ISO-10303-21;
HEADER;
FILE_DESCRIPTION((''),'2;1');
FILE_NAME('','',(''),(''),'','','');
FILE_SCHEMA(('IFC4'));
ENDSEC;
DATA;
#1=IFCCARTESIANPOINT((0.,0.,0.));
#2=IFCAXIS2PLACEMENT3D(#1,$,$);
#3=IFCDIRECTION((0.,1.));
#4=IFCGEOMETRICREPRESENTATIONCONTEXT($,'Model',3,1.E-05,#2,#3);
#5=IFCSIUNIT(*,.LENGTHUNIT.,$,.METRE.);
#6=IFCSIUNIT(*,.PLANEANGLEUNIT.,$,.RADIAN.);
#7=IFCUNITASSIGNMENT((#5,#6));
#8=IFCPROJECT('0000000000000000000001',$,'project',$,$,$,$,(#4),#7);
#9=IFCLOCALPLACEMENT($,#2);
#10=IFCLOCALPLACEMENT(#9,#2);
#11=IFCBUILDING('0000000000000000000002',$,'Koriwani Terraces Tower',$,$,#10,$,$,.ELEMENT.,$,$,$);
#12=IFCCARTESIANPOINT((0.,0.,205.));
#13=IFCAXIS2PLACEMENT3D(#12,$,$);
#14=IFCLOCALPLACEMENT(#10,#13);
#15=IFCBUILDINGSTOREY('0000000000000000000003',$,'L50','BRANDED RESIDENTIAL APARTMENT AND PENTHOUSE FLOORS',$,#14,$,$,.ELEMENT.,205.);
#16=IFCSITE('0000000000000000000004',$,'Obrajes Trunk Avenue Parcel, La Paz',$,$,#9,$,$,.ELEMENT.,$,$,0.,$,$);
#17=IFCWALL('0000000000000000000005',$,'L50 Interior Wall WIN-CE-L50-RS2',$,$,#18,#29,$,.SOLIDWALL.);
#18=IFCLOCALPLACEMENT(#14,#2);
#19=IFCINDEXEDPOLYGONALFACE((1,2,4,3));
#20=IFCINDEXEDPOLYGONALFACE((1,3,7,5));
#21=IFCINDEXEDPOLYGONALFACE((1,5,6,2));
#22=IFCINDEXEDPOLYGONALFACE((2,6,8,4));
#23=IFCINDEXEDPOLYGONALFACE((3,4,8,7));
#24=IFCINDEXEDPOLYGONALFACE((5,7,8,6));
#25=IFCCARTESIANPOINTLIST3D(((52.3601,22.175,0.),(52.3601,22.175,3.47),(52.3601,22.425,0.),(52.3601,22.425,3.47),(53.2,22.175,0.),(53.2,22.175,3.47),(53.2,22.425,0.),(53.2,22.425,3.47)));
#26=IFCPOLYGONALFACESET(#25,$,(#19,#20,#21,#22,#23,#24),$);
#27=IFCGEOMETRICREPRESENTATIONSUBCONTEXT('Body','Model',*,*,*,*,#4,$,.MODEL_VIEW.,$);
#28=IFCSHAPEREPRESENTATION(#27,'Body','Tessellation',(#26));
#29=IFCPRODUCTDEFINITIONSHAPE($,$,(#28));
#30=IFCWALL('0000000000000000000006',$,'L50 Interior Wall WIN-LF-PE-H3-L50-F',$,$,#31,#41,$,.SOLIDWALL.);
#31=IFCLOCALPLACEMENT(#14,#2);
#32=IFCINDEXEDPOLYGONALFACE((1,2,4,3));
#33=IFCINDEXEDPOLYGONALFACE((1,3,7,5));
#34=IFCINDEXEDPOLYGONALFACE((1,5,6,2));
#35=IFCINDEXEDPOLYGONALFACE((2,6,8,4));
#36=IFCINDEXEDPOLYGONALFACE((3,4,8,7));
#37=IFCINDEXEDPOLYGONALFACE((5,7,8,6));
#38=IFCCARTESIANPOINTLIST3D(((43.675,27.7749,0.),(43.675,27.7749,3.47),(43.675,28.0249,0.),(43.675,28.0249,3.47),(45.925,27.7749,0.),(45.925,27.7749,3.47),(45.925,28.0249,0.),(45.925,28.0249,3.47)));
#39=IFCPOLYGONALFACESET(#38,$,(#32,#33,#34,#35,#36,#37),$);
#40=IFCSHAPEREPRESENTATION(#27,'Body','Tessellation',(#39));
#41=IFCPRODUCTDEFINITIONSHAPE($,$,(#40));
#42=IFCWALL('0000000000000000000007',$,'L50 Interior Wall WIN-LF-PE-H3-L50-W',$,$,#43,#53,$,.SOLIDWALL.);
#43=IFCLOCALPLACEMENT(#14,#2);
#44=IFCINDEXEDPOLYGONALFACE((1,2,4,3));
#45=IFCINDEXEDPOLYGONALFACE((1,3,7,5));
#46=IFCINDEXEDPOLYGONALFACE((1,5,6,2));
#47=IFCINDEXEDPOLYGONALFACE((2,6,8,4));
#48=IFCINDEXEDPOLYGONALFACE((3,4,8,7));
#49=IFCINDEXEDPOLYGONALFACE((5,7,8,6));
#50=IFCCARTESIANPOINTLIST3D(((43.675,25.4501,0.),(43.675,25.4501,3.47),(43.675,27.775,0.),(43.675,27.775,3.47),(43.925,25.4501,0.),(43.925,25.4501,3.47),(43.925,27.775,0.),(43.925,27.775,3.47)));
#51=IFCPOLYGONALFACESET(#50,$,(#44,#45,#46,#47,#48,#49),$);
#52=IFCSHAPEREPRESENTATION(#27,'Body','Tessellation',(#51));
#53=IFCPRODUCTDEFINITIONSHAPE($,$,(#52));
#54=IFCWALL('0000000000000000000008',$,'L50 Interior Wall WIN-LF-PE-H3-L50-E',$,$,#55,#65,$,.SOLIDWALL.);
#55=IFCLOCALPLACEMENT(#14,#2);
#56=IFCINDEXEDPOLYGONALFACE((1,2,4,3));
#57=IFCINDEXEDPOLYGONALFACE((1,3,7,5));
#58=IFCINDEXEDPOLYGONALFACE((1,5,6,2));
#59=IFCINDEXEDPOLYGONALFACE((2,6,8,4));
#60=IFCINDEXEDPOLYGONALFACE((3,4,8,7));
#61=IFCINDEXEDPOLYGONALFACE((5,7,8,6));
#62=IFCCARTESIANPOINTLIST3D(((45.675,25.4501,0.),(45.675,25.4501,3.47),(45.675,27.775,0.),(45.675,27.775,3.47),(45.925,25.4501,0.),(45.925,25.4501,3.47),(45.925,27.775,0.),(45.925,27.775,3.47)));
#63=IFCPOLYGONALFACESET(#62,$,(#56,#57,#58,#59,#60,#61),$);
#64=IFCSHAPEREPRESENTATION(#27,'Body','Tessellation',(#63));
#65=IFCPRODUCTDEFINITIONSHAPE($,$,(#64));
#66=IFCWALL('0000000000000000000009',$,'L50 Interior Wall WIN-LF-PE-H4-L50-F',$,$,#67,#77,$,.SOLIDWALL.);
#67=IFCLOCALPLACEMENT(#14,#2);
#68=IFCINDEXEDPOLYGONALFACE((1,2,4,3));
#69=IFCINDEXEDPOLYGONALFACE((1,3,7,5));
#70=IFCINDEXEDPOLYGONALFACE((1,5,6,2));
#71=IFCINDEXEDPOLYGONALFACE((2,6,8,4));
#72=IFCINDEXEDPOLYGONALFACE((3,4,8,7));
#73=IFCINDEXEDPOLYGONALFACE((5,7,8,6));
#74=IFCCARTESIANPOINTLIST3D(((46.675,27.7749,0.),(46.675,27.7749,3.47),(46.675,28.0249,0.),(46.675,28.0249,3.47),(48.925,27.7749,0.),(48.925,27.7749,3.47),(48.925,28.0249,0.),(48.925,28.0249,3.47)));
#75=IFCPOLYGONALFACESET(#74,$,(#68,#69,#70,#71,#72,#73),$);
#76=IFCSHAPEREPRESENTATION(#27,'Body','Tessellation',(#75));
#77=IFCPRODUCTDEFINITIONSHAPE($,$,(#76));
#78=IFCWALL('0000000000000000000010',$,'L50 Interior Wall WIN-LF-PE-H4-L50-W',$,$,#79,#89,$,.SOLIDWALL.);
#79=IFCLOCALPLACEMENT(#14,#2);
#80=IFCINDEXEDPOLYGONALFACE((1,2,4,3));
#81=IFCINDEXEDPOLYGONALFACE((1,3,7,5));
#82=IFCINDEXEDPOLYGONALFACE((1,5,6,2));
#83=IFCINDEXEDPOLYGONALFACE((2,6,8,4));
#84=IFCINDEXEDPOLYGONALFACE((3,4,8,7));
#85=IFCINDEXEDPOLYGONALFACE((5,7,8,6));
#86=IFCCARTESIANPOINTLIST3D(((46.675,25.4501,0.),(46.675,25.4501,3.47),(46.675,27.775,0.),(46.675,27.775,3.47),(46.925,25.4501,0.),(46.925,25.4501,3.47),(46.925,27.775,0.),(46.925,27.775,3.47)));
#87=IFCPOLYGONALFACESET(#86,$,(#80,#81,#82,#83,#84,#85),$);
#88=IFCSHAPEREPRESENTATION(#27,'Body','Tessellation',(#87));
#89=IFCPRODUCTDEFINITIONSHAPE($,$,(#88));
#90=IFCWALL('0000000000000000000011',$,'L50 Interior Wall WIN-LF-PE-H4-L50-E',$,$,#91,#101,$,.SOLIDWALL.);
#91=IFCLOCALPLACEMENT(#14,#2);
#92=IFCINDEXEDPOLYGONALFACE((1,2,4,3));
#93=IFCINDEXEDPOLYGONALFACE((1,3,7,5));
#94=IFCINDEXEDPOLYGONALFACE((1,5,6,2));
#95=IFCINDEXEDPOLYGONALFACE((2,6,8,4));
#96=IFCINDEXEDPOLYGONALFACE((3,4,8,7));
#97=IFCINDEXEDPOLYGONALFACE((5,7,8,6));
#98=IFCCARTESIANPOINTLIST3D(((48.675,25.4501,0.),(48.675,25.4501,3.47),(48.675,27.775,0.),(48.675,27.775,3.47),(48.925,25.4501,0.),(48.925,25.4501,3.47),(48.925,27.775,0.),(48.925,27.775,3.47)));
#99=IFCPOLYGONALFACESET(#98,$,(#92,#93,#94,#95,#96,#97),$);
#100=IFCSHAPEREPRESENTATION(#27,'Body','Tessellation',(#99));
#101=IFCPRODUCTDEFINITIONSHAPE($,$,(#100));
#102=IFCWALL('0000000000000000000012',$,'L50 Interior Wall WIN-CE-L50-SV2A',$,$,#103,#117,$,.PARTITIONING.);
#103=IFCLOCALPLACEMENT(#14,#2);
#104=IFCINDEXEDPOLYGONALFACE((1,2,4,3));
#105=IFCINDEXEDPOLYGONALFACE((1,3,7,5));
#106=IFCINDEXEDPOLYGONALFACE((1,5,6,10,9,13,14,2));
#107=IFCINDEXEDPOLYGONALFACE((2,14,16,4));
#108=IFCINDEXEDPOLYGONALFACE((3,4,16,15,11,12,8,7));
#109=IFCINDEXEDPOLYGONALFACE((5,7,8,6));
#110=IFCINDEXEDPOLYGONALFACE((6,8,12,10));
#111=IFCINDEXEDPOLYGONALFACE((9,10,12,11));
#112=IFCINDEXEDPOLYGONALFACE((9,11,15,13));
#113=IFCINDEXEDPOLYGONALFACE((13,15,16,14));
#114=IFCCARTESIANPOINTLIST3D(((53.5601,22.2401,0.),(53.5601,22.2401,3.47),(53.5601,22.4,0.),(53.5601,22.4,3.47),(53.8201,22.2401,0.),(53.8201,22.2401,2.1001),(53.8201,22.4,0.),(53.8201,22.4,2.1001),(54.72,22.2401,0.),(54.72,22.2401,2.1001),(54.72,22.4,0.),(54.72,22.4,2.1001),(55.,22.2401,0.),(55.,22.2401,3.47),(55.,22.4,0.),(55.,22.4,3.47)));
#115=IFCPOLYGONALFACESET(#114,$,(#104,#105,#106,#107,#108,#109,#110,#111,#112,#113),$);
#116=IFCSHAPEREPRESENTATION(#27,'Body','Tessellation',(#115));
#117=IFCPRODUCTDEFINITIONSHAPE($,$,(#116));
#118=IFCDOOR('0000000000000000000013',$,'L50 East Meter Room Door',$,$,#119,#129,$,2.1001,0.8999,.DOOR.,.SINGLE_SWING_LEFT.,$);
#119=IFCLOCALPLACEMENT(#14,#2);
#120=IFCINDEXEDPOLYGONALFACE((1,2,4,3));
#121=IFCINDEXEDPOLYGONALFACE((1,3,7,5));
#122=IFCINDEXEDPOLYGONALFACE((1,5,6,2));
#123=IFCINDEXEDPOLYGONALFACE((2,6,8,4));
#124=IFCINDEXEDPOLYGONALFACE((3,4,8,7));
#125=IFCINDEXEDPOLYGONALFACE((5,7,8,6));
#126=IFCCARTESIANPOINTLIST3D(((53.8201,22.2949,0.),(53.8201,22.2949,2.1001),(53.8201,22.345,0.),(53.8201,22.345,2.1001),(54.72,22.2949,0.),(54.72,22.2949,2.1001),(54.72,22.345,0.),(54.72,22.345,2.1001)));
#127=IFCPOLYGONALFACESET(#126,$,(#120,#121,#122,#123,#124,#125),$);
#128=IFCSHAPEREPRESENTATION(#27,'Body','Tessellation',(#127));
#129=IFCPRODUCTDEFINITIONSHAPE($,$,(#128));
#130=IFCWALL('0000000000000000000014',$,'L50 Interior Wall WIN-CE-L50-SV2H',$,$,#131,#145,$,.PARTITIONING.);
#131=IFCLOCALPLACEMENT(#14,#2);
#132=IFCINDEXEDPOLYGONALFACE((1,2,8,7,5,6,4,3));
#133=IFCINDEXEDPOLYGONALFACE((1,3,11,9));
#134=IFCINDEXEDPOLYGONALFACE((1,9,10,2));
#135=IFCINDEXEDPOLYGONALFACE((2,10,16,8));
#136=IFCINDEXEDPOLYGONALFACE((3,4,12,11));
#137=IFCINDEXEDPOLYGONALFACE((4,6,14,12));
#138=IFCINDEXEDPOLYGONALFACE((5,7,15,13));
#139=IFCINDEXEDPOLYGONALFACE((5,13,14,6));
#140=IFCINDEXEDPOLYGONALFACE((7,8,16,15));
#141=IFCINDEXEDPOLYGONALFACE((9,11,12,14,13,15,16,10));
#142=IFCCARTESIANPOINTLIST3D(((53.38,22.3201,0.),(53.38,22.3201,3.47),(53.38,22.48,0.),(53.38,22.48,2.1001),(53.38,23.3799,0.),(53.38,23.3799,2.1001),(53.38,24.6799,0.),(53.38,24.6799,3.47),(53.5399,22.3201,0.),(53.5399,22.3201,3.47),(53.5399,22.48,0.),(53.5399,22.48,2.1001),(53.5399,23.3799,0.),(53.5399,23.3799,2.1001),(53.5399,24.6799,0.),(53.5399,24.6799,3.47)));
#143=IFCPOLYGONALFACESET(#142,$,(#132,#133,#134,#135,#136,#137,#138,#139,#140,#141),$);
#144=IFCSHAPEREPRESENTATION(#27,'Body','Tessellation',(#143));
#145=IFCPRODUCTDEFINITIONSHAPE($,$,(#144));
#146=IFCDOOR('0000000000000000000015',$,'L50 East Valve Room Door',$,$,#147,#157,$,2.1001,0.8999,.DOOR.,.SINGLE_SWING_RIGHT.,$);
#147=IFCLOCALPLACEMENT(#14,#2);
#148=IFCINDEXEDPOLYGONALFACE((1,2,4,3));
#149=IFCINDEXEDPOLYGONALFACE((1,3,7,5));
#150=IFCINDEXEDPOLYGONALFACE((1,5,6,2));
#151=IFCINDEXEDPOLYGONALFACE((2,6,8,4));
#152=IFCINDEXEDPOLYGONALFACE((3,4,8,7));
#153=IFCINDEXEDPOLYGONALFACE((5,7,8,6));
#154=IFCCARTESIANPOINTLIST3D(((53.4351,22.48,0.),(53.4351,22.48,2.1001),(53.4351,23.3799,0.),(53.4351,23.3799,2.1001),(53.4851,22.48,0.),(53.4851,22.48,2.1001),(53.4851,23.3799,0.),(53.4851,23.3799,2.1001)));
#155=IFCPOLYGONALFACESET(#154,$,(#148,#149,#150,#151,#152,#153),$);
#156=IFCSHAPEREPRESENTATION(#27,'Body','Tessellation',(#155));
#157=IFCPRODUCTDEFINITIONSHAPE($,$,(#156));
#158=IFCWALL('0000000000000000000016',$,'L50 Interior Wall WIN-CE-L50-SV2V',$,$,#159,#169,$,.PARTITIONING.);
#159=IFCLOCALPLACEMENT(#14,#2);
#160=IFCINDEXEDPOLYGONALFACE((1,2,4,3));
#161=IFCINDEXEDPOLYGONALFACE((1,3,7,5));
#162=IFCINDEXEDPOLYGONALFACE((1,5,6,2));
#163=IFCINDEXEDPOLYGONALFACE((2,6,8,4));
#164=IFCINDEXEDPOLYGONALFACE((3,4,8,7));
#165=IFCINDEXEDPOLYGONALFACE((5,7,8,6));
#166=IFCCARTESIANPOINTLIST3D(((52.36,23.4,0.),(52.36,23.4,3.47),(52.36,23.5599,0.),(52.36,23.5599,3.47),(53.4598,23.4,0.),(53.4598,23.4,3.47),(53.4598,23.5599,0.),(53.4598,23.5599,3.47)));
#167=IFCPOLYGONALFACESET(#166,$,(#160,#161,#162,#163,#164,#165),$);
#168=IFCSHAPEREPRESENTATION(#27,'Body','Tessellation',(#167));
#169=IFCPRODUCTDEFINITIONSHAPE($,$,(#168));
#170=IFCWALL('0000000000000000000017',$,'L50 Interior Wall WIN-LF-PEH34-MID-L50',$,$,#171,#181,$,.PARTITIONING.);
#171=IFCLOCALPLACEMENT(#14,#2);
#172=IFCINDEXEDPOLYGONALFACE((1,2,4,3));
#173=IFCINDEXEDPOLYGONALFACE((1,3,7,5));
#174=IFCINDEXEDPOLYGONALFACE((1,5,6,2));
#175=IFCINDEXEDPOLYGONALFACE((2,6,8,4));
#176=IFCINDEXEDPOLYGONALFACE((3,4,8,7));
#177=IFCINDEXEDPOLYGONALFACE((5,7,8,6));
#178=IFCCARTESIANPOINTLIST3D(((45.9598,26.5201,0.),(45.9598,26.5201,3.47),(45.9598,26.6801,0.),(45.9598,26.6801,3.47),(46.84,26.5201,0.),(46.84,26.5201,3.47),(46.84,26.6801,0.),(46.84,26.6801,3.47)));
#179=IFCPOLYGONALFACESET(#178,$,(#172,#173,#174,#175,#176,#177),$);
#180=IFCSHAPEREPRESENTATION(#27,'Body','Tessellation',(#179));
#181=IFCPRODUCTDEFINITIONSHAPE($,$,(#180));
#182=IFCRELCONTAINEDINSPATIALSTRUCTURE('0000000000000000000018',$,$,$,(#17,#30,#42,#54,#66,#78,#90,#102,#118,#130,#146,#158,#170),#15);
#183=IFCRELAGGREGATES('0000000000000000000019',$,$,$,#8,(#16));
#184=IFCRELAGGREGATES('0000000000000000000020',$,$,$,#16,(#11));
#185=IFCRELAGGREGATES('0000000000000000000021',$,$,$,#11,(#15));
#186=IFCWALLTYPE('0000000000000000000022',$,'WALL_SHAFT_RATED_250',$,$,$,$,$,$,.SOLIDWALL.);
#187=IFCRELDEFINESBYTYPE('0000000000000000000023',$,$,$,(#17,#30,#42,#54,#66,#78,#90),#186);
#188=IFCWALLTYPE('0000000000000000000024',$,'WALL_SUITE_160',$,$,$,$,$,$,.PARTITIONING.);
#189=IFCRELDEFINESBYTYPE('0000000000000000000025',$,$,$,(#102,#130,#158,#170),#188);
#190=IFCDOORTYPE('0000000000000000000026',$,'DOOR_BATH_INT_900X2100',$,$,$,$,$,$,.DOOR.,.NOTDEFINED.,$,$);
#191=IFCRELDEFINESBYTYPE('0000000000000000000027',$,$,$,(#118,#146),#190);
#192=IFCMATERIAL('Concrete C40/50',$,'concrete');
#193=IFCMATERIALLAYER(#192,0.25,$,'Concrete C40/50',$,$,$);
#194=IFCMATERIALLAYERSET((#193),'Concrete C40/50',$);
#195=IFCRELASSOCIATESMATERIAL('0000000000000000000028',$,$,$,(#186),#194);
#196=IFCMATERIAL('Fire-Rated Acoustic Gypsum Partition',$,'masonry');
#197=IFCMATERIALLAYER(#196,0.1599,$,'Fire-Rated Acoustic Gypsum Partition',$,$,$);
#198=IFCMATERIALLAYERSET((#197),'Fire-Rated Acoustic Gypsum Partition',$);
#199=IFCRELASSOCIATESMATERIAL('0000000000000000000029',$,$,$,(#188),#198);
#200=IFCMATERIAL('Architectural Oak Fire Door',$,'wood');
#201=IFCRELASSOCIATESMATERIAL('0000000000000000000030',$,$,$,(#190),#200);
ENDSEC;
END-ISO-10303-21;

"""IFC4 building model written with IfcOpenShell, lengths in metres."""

from ifc_helpers import new_model, si_unit, direction, frame, frame_2d, origin, place, context, subcontext, project, spatial, rectangle, extrude, material, layer, layer_set, type_object, element, fill, save


model = new_model("IFC4")

# Units and contexts
model_context = context("Model", 3, precision=1e-05, world=origin(), true_north=direction((0.0, 1.0)))
body_context = subcontext(model_context, "Body", "Model", "MODEL_VIEW")
ifc_project = project(units=[si_unit("LENGTHUNIT", "METRE"), si_unit("PLANEANGLEUNIT", "RADIAN")], contexts=[model_context])

# Site, building, storey
site_placement = place(None, origin())
site = spatial("IfcSite", under=ifc_project, at=site_placement, Name="Obrajes Trunk Avenue Parcel, La Paz", CompositionType="ELEMENT", RefElevation=0.0)
building_placement = place(site_placement, origin())
building = spatial("IfcBuilding", under=site, at=building_placement, Name="Koriwani Terraces Tower", CompositionType="ELEMENT")
storey_placement = place(building_placement, frame((0.0, 0.0, 205.0)))
storey = spatial("IfcBuildingStorey", under=building, at=storey_placement, Name="L50", Description="BRANDED RESIDENTIAL APARTMENT AND PENTHOUSE FLOORS", CompositionType="ELEMENT", Elevation=205.0)

# Shared definitions
ifc_material_1 = material(Name="Architectural Oak Fire Door", Category="wood")

# Shared definitions
ifc_material_2 = material(Name="Concrete C40/50", Category="concrete")
ifc_layer_1 = layer(ifc_material_2, 0.25, Name="Concrete C40/50")
ifc_layer_set_1 = layer_set([ifc_layer_1], Name="Concrete C40/50")
wall_type_1 = type_object("IfcWallType", Name="WALL_SHAFT_RATED_250", PredefinedType="SOLIDWALL", material=ifc_layer_set_1)

# Walls
wall_1_placement = place(storey_placement, frame((52.3601, 22.3, 0.0), z_axis=(0.0, 0.0, 1.0), x_axis=(1.0, 0.0, 0.0)))
element("IfcWall", 1, at=wall_1_placement, inside=storey, type_object=wall_type_1, Name="L50 Interior Wall WIN-CE-L50-RS2", PredefinedType="SOLIDWALL", context=body_context, shape_type="SweptSolid", body=[
    extrude(rectangle(XDim=0.8398, YDim=0.25, at=frame_2d((0.4199, 0.0))), origin(), (0.0, 0.0, 1.0), 3.47),
])
wall_2_placement = place(storey_placement, frame((43.675, 27.8999, 0.0), z_axis=(0.0, 0.0, 1.0), x_axis=(1.0, 0.0, 0.0)))
element("IfcWall", 2, at=wall_2_placement, inside=storey, type_object=wall_type_1, Name="L50 Interior Wall WIN-LF-PE-H3-L50-F", PredefinedType="SOLIDWALL", context=body_context, shape_type="SweptSolid", body=[
    extrude(rectangle(XDim=2.25, YDim=0.25, at=frame_2d((1.125, 0.0))), origin(), (0.0, 0.0, 1.0), 3.47),
])
for number, where, z_axis, x_axis, name in (
    (3, (43.8, 25.45, 0.0), (0.0, 0.0, 1.0), (0.0, 1.0, 0.0), "L50 Interior Wall WIN-LF-PE-H3-L50-W"),
    (4, (45.8, 25.45, 0.0), (0.0, 0.0, 1.0), (0.0, 1.0, 0.0), "L50 Interior Wall WIN-LF-PE-H3-L50-E"),
):
    element("IfcWall", number, at=place(storey_placement, frame(where, z_axis=z_axis, x_axis=x_axis)), inside=storey, type_object=wall_type_1, Name=name, PredefinedType="SOLIDWALL", context=body_context, shape_type="SweptSolid", body=[
        extrude(rectangle(XDim=2.325, YDim=0.25, at=frame_2d((1.1626, 0.0))), origin(), (0.0, 0.0, 1.0), 3.47),
    ])
wall_3_placement = place(storey_placement, frame((46.675, 27.8999, 0.0), z_axis=(0.0, 0.0, 1.0), x_axis=(1.0, 0.0, 0.0)))
element("IfcWall", 5, at=wall_3_placement, inside=storey, type_object=wall_type_1, Name="L50 Interior Wall WIN-LF-PE-H4-L50-F", PredefinedType="SOLIDWALL", context=body_context, shape_type="SweptSolid", body=[
    extrude(rectangle(XDim=2.25, YDim=0.25, at=frame_2d((1.125, 0.0))), origin(), (0.0, 0.0, 1.0), 3.47),
])
for number, where, z_axis, x_axis, name in (
    (6, (46.8, 25.45, 0.0), (0.0, 0.0, 1.0), (0.0, 1.0, 0.0), "L50 Interior Wall WIN-LF-PE-H4-L50-W"),
    (7, (48.8, 25.45, 0.0), (0.0, 0.0, 1.0), (0.0, 1.0, 0.0), "L50 Interior Wall WIN-LF-PE-H4-L50-E"),
):
    element("IfcWall", number, at=place(storey_placement, frame(where, z_axis=z_axis, x_axis=x_axis)), inside=storey, type_object=wall_type_1, Name=name, PredefinedType="SOLIDWALL", context=body_context, shape_type="SweptSolid", body=[
        extrude(rectangle(XDim=2.325, YDim=0.25, at=frame_2d((1.1626, 0.0))), origin(), (0.0, 0.0, 1.0), 3.47),
    ])

# Walls, openings, doors
ifc_material_3 = material(Name="Fire-Rated Acoustic Gypsum Partition", Category="masonry")
ifc_layer_2 = layer(ifc_material_3, 0.1599, Name="Fire-Rated Acoustic Gypsum Partition")
ifc_layer_set_2 = layer_set([ifc_layer_2], Name="Fire-Rated Acoustic Gypsum Partition")
wall_type_2 = type_object("IfcWallType", Name="WALL_SUITE_160", PredefinedType="PARTITIONING", material=ifc_layer_set_2)
wall_4_placement = place(storey_placement, frame((53.5601, 22.3201, 0.0), z_axis=(0.0, 0.0, 1.0), x_axis=(1.0, 0.0, 0.0)))
wall_4 = element("IfcWall", 8, at=wall_4_placement, inside=storey, type_object=wall_type_2, Name="L50 Interior Wall WIN-CE-L50-SV2A", PredefinedType="PARTITIONING", context=body_context, shape_type="SweptSolid", body=[
    extrude(rectangle(XDim=1.4399, YDim=0.1599, at=frame_2d((0.72, 0.0))), origin(), (0.0, 0.0, 1.0), 3.47),
])
opening_1_placement = place(wall_4_placement, frame((0.26, 0.0, 0.0)))
opening_1 = element("IfcOpeningElement", 9, at=opening_1_placement, cuts=wall_4, PredefinedType="OPENING", context=body_context, shape_type="SweptSolid", body=[
    extrude(rectangle(XDim=0.8999, YDim=2.1001, at=frame_2d((0.45, 1.05))), frame((0.0, 0.0898, 0.0), z_axis=(0.0, -1.0, 0.0), x_axis=(1.0, 0.0, 0.0)), (0.0, 0.0, 1.0), 0.1799),
])
door_type_1 = type_object("IfcDoorType", Name="DOOR_BATH_INT_900X2100", OperationType="NOTDEFINED", PredefinedType="DOOR", material=ifc_material_1)
door_1_placement = place(opening_1_placement, origin())
door_1 = element("IfcDoor", 10, at=door_1_placement, inside=storey, type_object=door_type_1, Name="L50 East Meter Room Door", OperationType="SINGLE_SWING_LEFT", OverallHeight=2.1001, OverallWidth=0.8999, PredefinedType="DOOR", context=body_context, shape_type="SweptSolid", body=[
    extrude(rectangle(XDim=0.8999, YDim=2.1001, at=frame_2d((0.45, 1.05))), frame((0.0, 0.0249, 0.0), z_axis=(0.0, -1.0, 0.0), x_axis=(1.0, 0.0, 0.0)), (0.0, 0.0, 1.0), 0.05),
])
fill(opening_1, door_1)
wall_5_placement = place(storey_placement, frame((53.46, 22.3201, 0.0), z_axis=(0.0, 0.0, 1.0), x_axis=(0.0, 1.0, 0.0)))
wall_5 = element("IfcWall", 11, at=wall_5_placement, inside=storey, type_object=wall_type_2, Name="L50 Interior Wall WIN-CE-L50-SV2H", PredefinedType="PARTITIONING", context=body_context, shape_type="SweptSolid", body=[
    extrude(rectangle(XDim=2.3599, YDim=0.1599, at=frame_2d((1.1799, 0.0))), origin(), (0.0, 0.0, 1.0), 3.47),
])
opening_2_placement = place(wall_5_placement, frame((0.1599, 0.0, 0.0)))
opening_2 = element("IfcOpeningElement", 12, at=opening_2_placement, cuts=wall_5, PredefinedType="OPENING", context=body_context, shape_type="SweptSolid", body=[
    extrude(rectangle(XDim=0.8999, YDim=2.1001, at=frame_2d((0.45, 1.05))), frame((0.0, 0.0898, 0.0), z_axis=(0.0, -1.0, 0.0), x_axis=(1.0, 0.0, 0.0)), (0.0, 0.0, 1.0), 0.1799),
])
door_2_placement = place(opening_2_placement, origin())
door_2 = element("IfcDoor", 13, at=door_2_placement, inside=storey, type_object=door_type_1, Name="L50 East Valve Room Door", OperationType="SINGLE_SWING_RIGHT", OverallHeight=2.1001, OverallWidth=0.8999, PredefinedType="DOOR", context=body_context, shape_type="SweptSolid", body=[
    extrude(rectangle(XDim=0.8999, YDim=2.1001, at=frame_2d((0.45, 1.05))), frame((0.0, 0.0249, 0.0), z_axis=(0.0, -1.0, 0.0), x_axis=(1.0, 0.0, 0.0)), (0.0, 0.0, 1.0), 0.05),
])
fill(opening_2, door_2)

# Walls
wall_6_placement = place(storey_placement, frame((52.3601, 23.48, 0.0), z_axis=(0.0, 0.0, 1.0), x_axis=(1.0, 0.0, 0.0)))
element("IfcWall", 14, at=wall_6_placement, inside=storey, type_object=wall_type_2, Name="L50 Interior Wall WIN-CE-L50-SV2V", PredefinedType="PARTITIONING", context=body_context, shape_type="SweptSolid", body=[
    extrude(rectangle(XDim=1.0999, YDim=0.1599, at=frame_2d((0.5498, 0.0))), origin(), (0.0, 0.0, 1.0), 3.47),
])
wall_7_placement = place(storey_placement, frame((45.96, 26.6001, 0.0), z_axis=(0.0, 0.0, 1.0), x_axis=(1.0, 0.0, 0.0)))
element("IfcWall", 15, at=wall_7_placement, inside=storey, type_object=wall_type_2, Name="L50 Interior Wall WIN-LF-PEH34-MID-L50", PredefinedType="PARTITIONING", context=body_context, shape_type="SweptSolid", body=[
    extrude(rectangle(XDim=0.8801, YDim=0.1599, at=frame_2d((0.4399, 0.0))), origin(), (0.0, 0.0, 1.0), 3.47),
])

save(model, "model.ifc")
